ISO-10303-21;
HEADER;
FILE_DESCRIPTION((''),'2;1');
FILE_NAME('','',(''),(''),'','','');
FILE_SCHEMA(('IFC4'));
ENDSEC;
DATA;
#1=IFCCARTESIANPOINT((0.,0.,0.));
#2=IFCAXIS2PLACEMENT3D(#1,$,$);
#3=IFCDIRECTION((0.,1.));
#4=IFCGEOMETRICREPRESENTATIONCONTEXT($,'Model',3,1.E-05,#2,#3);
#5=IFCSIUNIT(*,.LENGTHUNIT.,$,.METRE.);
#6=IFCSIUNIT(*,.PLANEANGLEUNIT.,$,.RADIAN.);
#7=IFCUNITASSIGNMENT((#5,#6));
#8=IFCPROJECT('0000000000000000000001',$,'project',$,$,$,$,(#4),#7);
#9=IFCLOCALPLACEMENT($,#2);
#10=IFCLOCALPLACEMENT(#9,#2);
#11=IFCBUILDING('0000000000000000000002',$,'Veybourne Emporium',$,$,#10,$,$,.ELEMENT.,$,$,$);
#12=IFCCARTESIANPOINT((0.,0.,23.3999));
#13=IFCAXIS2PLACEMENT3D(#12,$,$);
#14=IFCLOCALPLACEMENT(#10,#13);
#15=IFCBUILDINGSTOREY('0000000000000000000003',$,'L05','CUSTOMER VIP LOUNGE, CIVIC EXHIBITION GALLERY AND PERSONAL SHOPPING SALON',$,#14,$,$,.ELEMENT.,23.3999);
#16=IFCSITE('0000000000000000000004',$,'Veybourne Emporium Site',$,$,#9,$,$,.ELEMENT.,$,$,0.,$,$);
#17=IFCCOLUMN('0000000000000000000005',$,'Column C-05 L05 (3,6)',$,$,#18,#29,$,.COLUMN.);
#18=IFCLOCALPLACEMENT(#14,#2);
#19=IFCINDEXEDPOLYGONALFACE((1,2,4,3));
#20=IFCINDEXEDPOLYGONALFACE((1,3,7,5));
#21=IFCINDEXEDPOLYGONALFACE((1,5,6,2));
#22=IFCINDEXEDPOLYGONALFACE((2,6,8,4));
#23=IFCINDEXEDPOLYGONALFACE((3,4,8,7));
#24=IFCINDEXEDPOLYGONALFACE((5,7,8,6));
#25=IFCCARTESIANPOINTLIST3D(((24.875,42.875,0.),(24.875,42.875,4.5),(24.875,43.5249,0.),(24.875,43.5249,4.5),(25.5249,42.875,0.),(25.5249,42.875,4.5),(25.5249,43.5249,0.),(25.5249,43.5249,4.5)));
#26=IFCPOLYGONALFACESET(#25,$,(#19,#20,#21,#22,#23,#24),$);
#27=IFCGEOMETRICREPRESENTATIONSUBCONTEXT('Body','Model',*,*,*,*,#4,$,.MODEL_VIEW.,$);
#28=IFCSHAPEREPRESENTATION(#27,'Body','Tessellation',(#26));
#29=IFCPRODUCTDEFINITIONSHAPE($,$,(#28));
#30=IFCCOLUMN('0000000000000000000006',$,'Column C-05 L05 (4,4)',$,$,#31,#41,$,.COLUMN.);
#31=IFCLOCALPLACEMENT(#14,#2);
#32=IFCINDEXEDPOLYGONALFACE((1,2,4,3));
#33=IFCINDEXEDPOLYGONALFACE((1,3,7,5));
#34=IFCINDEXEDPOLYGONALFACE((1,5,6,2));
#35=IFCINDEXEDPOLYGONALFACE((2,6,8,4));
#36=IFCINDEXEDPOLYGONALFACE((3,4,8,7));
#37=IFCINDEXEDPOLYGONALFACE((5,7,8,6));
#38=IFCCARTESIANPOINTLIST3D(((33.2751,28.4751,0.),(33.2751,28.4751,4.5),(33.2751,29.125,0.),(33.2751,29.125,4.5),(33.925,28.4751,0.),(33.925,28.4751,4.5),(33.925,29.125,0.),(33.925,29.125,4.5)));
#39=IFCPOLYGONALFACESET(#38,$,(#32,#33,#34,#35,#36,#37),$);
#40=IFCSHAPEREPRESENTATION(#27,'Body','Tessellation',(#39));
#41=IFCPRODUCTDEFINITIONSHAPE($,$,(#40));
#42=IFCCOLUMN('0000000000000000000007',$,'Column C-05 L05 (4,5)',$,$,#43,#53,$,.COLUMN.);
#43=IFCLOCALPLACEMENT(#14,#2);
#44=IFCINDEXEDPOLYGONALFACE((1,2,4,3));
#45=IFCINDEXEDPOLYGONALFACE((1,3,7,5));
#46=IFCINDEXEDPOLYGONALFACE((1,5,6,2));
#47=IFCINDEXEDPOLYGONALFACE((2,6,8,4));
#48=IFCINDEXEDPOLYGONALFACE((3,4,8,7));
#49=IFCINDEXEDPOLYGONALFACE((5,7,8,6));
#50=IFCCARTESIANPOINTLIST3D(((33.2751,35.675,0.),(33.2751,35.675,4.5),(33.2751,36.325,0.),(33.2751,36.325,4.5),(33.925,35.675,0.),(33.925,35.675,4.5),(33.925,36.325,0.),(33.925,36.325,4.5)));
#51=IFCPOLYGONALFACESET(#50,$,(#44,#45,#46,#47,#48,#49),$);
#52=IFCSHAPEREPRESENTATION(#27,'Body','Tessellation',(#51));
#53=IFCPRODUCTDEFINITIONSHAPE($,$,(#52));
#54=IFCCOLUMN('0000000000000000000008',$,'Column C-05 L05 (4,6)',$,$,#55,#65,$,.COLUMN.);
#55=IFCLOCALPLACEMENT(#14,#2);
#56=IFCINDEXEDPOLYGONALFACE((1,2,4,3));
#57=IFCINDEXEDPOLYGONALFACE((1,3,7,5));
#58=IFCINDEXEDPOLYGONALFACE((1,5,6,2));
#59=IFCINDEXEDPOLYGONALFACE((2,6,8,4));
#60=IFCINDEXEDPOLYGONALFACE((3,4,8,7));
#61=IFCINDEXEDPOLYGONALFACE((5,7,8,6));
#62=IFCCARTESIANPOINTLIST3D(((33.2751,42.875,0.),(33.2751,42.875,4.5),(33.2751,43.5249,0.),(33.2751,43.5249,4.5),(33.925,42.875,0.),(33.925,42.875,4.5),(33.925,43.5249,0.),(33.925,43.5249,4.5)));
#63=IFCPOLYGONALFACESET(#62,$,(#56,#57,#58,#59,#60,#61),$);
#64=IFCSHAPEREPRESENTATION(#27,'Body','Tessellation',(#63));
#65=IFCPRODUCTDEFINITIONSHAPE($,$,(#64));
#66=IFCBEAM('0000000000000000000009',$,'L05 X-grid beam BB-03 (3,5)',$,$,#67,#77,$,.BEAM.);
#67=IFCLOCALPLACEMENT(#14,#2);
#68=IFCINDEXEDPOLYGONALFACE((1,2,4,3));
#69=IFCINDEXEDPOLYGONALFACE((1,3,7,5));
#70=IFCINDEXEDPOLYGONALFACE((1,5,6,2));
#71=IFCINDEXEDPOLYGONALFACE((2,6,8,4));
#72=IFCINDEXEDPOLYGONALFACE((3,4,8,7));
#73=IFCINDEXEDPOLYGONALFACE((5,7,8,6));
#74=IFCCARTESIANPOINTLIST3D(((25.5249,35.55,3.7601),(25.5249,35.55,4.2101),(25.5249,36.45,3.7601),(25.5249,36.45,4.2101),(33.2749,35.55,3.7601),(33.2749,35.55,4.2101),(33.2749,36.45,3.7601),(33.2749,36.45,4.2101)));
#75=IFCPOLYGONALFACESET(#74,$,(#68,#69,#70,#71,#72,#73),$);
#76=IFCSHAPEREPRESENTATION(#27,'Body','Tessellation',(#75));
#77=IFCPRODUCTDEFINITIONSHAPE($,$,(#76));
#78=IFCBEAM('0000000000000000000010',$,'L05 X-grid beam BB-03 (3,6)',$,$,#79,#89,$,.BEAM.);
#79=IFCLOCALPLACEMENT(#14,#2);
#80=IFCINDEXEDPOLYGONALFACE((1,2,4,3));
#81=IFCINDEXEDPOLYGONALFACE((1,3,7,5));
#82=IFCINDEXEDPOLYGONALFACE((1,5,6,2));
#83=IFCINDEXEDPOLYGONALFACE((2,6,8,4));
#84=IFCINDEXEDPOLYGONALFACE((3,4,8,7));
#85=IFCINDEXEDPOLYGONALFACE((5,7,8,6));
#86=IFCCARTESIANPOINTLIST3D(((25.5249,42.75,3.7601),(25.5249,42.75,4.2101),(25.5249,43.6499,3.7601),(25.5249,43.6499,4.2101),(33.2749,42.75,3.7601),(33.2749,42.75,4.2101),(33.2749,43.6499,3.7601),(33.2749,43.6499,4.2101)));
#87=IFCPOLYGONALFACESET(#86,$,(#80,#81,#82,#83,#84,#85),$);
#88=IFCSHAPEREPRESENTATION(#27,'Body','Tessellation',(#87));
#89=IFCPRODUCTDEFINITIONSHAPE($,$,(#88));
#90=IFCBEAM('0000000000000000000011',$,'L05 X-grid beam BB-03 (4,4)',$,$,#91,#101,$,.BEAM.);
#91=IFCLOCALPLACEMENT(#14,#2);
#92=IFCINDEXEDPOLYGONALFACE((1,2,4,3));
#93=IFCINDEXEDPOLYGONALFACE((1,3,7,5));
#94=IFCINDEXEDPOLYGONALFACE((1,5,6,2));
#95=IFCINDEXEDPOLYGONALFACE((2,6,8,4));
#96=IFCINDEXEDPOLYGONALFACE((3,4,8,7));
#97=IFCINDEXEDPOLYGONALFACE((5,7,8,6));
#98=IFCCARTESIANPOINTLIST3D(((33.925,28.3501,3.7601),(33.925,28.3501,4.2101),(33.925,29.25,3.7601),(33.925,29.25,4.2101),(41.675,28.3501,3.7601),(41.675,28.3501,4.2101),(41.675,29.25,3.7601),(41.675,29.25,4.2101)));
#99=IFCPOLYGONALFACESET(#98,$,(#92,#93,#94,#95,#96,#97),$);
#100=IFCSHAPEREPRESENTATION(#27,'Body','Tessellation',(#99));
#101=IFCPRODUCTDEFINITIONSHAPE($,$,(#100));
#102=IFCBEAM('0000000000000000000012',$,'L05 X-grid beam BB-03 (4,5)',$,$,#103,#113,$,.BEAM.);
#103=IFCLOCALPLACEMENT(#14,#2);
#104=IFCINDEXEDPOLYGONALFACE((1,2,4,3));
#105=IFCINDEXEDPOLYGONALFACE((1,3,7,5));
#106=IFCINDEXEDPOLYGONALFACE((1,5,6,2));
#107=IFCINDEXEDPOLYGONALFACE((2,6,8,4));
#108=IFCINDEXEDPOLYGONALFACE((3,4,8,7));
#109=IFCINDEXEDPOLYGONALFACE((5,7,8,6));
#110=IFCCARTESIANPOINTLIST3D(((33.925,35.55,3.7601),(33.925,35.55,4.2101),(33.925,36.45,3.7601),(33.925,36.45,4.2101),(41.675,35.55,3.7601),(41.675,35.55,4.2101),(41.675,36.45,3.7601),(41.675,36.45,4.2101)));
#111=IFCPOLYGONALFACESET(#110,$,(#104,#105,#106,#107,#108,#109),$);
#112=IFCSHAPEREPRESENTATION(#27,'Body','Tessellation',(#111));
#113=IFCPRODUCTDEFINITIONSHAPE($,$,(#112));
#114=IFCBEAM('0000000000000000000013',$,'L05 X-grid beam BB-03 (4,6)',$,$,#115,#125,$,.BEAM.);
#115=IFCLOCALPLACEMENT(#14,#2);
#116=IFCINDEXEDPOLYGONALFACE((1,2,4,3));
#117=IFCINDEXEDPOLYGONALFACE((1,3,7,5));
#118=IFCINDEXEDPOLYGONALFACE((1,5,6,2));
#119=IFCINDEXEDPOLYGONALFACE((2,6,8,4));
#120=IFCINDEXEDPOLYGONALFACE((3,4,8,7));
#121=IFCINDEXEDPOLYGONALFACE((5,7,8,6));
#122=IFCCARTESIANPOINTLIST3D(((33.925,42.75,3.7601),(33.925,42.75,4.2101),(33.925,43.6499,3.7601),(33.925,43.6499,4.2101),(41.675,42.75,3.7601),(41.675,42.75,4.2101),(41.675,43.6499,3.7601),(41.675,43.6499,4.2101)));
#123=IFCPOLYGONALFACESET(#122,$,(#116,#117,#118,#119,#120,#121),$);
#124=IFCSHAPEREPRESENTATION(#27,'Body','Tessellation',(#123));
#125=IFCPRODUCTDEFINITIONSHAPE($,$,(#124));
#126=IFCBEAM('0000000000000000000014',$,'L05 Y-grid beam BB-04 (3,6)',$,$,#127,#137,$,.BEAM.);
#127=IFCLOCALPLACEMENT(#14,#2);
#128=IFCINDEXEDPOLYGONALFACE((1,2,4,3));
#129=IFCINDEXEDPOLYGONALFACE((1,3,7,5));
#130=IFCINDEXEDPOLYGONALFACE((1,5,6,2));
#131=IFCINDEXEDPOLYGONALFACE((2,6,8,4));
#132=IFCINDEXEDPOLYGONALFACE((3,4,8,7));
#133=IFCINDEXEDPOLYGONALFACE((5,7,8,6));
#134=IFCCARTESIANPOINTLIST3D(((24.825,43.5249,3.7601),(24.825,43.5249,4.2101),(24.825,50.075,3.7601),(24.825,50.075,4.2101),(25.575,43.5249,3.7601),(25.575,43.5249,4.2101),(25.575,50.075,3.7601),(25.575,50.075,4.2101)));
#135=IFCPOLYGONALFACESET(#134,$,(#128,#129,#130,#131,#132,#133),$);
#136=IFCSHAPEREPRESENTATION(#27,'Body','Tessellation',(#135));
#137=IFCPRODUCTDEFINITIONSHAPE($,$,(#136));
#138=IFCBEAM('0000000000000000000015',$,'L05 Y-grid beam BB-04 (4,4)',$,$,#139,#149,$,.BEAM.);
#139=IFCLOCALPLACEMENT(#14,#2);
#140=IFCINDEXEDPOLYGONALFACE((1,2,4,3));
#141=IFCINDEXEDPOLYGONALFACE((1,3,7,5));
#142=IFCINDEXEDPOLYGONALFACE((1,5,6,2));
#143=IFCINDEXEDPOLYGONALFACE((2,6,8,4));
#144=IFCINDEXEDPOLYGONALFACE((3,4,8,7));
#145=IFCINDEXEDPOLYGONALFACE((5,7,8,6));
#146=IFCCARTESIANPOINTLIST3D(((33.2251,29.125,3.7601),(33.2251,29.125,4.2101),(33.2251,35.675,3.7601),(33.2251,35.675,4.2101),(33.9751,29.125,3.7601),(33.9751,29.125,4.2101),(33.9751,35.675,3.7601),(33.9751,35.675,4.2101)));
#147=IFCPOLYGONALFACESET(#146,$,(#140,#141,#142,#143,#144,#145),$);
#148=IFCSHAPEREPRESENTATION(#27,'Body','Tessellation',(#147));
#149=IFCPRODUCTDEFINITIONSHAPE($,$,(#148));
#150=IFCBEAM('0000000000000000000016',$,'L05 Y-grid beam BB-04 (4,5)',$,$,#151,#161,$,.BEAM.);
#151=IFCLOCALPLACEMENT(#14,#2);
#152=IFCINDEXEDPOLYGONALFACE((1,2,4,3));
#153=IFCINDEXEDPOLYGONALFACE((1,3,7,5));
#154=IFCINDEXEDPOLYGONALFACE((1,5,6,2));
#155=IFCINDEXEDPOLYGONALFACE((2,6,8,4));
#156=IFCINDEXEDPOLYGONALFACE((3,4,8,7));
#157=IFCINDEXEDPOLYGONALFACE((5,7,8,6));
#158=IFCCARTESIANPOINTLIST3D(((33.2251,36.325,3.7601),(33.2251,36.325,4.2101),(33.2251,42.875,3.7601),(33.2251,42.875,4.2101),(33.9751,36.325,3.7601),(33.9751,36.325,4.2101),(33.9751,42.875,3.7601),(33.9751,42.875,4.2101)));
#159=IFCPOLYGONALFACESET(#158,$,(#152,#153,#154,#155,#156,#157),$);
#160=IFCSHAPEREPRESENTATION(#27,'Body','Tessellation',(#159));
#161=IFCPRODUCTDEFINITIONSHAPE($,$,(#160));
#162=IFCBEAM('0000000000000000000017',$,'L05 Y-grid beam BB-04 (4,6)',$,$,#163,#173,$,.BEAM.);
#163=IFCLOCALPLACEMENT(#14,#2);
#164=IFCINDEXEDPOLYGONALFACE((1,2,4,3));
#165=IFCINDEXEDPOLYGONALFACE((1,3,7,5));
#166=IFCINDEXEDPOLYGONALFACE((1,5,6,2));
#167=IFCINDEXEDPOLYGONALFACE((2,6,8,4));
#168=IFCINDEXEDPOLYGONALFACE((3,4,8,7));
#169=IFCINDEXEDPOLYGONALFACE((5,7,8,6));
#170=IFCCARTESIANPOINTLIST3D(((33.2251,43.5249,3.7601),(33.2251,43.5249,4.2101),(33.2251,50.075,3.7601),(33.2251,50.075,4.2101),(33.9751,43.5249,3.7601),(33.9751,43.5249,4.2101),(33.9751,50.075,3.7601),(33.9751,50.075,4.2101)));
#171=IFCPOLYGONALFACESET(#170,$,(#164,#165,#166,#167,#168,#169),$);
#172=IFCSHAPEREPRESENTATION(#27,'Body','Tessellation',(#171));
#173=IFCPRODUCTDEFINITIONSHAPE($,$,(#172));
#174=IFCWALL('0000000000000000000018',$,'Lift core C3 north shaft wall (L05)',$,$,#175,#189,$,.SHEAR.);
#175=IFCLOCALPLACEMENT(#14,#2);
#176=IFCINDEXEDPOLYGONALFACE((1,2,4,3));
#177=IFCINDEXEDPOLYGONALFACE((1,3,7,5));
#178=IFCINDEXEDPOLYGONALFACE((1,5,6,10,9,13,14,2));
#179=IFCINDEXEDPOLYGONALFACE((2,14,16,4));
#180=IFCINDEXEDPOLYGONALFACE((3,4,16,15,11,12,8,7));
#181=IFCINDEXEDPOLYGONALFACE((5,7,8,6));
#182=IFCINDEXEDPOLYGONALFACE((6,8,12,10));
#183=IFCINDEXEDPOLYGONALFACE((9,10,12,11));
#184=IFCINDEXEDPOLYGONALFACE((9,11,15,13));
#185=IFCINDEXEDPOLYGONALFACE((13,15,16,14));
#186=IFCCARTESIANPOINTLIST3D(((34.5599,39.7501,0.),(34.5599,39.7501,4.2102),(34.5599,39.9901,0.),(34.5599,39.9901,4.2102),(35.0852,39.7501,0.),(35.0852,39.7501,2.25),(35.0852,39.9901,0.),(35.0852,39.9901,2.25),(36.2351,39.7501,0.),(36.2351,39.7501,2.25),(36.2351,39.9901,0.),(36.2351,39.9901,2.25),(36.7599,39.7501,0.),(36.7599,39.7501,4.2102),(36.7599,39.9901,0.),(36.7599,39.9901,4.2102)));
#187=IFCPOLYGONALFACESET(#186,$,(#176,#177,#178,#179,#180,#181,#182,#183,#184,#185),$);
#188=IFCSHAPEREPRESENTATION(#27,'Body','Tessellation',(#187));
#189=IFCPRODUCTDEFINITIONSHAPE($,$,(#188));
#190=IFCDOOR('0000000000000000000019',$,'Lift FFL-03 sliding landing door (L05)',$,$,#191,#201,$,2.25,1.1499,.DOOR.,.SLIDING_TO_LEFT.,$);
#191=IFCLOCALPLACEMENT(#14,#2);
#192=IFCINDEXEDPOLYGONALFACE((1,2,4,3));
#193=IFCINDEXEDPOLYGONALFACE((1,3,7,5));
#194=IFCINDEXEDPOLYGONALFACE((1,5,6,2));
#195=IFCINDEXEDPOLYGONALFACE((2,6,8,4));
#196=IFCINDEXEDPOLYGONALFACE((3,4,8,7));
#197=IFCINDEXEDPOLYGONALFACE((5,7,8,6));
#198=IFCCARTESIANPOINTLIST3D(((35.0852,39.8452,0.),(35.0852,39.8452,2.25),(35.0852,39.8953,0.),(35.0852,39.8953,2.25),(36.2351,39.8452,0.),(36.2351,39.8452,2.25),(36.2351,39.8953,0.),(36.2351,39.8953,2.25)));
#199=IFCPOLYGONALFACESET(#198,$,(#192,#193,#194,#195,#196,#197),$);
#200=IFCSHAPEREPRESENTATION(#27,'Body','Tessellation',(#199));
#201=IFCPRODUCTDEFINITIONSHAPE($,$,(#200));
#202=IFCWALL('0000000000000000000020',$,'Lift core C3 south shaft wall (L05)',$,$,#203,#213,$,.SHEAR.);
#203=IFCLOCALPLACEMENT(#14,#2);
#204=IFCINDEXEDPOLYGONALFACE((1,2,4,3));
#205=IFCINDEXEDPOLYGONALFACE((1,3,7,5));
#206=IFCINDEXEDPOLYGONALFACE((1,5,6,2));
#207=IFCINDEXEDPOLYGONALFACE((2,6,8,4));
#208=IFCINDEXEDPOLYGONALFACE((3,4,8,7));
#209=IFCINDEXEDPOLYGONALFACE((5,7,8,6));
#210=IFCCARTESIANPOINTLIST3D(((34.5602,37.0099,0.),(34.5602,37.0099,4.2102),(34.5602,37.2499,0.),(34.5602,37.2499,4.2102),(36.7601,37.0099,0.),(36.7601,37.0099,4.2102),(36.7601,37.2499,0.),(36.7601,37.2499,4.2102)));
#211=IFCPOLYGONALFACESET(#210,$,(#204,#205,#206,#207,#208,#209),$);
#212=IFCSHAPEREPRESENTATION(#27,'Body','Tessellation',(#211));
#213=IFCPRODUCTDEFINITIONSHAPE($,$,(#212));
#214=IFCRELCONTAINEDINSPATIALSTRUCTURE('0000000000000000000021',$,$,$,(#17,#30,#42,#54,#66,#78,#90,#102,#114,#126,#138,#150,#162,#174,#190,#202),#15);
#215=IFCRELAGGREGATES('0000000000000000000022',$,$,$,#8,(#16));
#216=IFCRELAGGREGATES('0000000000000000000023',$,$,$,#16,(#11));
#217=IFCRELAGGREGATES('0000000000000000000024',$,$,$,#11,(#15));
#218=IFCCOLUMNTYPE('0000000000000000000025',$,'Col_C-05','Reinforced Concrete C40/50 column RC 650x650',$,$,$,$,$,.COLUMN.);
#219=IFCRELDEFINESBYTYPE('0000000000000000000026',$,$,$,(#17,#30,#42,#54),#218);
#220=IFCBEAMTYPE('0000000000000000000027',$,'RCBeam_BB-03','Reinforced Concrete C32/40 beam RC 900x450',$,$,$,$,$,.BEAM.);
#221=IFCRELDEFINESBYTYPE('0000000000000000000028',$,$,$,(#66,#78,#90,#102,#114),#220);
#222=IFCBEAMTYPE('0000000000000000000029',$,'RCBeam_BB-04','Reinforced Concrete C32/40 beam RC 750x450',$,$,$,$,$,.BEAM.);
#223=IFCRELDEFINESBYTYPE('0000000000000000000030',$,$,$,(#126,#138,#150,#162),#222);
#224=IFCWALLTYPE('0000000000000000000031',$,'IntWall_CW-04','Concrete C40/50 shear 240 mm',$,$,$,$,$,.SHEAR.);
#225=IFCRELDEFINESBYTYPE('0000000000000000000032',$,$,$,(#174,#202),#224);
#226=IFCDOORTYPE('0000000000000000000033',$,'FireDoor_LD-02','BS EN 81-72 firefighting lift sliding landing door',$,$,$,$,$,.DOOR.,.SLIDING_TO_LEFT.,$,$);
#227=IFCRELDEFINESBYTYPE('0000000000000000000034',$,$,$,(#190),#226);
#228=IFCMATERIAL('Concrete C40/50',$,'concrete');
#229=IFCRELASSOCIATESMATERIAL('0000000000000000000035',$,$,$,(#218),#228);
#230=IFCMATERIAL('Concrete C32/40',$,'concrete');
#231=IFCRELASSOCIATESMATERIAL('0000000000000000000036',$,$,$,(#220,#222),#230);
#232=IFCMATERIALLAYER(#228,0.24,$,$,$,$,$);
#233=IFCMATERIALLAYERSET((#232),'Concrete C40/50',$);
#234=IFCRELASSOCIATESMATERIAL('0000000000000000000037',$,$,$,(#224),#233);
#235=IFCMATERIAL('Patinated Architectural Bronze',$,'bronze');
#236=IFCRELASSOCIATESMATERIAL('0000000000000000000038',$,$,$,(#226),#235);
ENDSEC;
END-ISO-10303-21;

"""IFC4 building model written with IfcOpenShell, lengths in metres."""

from ifc_helpers import new_model, si_unit, direction, frame, frame_2d, origin, origin_2d, place, context, subcontext, project, spatial, rectangle, extrude, material, layer, layer_set, material_profile, profile_set, type_object, element, fill, save


model = new_model("IFC4")

# Units and contexts
model_context = context("Model", 3, precision=1e-05, world=origin(), true_north=direction((0.0, 1.0)))
body_context = subcontext(model_context, "Body", "Model", "MODEL_VIEW")
ifc_project = project(units=[si_unit("LENGTHUNIT", "METRE"), si_unit("PLANEANGLEUNIT", "RADIAN")], contexts=[model_context])

# Site, building, storey
site_placement = place(None, origin())
site = spatial("IfcSite", under=ifc_project, at=site_placement, Name="Veybourne Emporium Site", CompositionType="ELEMENT", RefElevation=0.0)
building_placement = place(site_placement, origin())
building = spatial("IfcBuilding", under=site, at=building_placement, Name="Veybourne Emporium", CompositionType="ELEMENT")
storey_placement = place(building_placement, frame((0.0, 0.0, 23.3999)))
storey = spatial("IfcBuildingStorey", under=building, at=storey_placement, Name="L05", Description="CUSTOMER VIP LOUNGE, CIVIC EXHIBITION GALLERY AND PERSONAL SHOPPING SALON", CompositionType="ELEMENT", Elevation=23.3999)

# Columns
ifc_material_1 = material(Name="Concrete C40/50", Category="concrete")
ifc_material_profile_1 = material_profile(ifc_material_1, rectangle(XDim=0.6499, YDim=0.6499, at=origin_2d()), Name="RC 650x650")
ifc_profile_set_1 = profile_set([ifc_material_profile_1], Name="Concrete C40/50")
column_type = type_object("IfcColumnType", Name="Col_C-05", Description="Reinforced Concrete C40/50 column RC 650x650", PredefinedType="COLUMN", material=ifc_profile_set_1)
for number, where, z_axis, x_axis, name in (
    (1, (25.2, 43.2, 0.0), (0.0, 0.0, 1.0), (1.0, 0.0, 0.0), "Column C-05 L05 (3,6)"),
    (2, (33.6001, 28.8, 0.0), (0.0, 0.0, 1.0), (1.0, 0.0, 0.0), "Column C-05 L05 (4,4)"),
    (3, (33.6001, 36.0, 0.0), (0.0, 0.0, 1.0), (1.0, 0.0, 0.0), "Column C-05 L05 (4,5)"),
    (4, (33.6001, 43.2, 0.0), (0.0, 0.0, 1.0), (1.0, 0.0, 0.0), "Column C-05 L05 (4,6)"),
):
    element("IfcColumn", number, at=place(storey_placement, frame(where, z_axis=z_axis, x_axis=x_axis)), inside=storey, type_object=column_type, Name=name, PredefinedType="COLUMN", context=body_context, shape_type="SweptSolid", body=[
        extrude(rectangle(XDim=0.6499, YDim=0.6499, at=origin_2d()), origin(), (0.0, 0.0, 1.0), 4.5),
    ])

# Beams
ifc_material_2 = material(Name="Concrete C32/40", Category="concrete")
ifc_material_profile_2 = material_profile(ifc_material_2, rectangle(XDim=0.8999, YDim=0.45, at=origin_2d()), Name="RC 900x450")
ifc_profile_set_2 = profile_set([ifc_material_profile_2], Name="Concrete C32/40")
beam_type_1 = type_object("IfcBeamType", Name="RCBeam_BB-03", Description="Reinforced Concrete C32/40 beam RC 900x450", PredefinedType="BEAM", material=ifc_profile_set_2)
for number, where, z_axis, x_axis, name in (
    (5, (25.5249, 36.0, 3.9851), (1.0, 0.0, 0.0), (0.0, 1.0, 0.0), "L05 X-grid beam BB-03 (3,5)"),
    (6, (25.5249, 43.2, 3.9851), (1.0, 0.0, 0.0), (0.0, 1.0, 0.0), "L05 X-grid beam BB-03 (3,6)"),
    (7, (33.925, 28.8, 3.9851), (1.0, 0.0, 0.0), (0.0, 1.0, 0.0), "L05 X-grid beam BB-03 (4,4)"),
    (8, (33.925, 36.0, 3.9851), (1.0, 0.0, 0.0), (0.0, 1.0, 0.0), "L05 X-grid beam BB-03 (4,5)"),
    (9, (33.925, 43.2, 3.9851), (1.0, 0.0, 0.0), (0.0, 1.0, 0.0), "L05 X-grid beam BB-03 (4,6)"),
):
    element("IfcBeam", number, at=place(storey_placement, frame(where, z_axis=z_axis, x_axis=x_axis)), inside=storey, type_object=beam_type_1, Name=name, PredefinedType="BEAM", context=body_context, shape_type="SweptSolid", body=[
        extrude(rectangle(XDim=0.8999, YDim=0.45, at=origin_2d()), origin(), (0.0, 0.0, 1.0), 7.75),
    ])
ifc_material_profile_3 = material_profile(ifc_material_2, rectangle(XDim=0.75, YDim=0.45, at=origin_2d()), Name="RC 750x450")
ifc_profile_set_3 = profile_set([ifc_material_profile_3], Name="Concrete C32/40")
beam_type_2 = type_object("IfcBeamType", Name="RCBeam_BB-04", Description="Reinforced Concrete C32/40 beam RC 750x450", PredefinedType="BEAM", material=ifc_profile_set_3)
for number, where, z_axis, x_axis, name in (
    (10, (25.2, 43.5249, 3.9851), (0.0, 1.0, 0.0), (-1.0, 0.0, 0.0), "L05 Y-grid beam BB-04 (3,6)"),
    (11, (33.6001, 29.125, 3.9851), (0.0, 1.0, 0.0), (-1.0, 0.0, 0.0), "L05 Y-grid beam BB-04 (4,4)"),
    (12, (33.6001, 36.325, 3.9851), (0.0, 1.0, 0.0), (-1.0, 0.0, 0.0), "L05 Y-grid beam BB-04 (4,5)"),
    (13, (33.6001, 43.5249, 3.9851), (0.0, 1.0, 0.0), (-1.0, 0.0, 0.0), "L05 Y-grid beam BB-04 (4,6)"),
):
    element("IfcBeam", number, at=place(storey_placement, frame(where, z_axis=z_axis, x_axis=x_axis)), inside=storey, type_object=beam_type_2, Name=name, PredefinedType="BEAM", context=body_context, shape_type="SweptSolid", body=[
        extrude(rectangle(XDim=0.75, YDim=0.45, at=origin_2d()), origin(), (0.0, 0.0, 1.0), 6.55),
    ])

# Wall, opening, door
ifc_layer_1 = layer(ifc_material_1, 0.24)
ifc_layer_set_1 = layer_set([ifc_layer_1], Name="Concrete C40/50")
wall_type_1 = type_object("IfcWallType", Name="IntWall_CW-04", Description="Concrete C40/50 shear 240 mm", PredefinedType="SHEAR", material=ifc_layer_set_1)
wall_1_placement = place(storey_placement, frame((36.76, 39.8701, 0.0), z_axis=(0.0, 0.0, 1.0), x_axis=(-1.0, 0.0, 0.0)))
wall_1 = element("IfcWall", 14, at=wall_1_placement, inside=storey, type_object=wall_type_1, Name="Lift core C3 north shaft wall (L05)", PredefinedType="SHEAR", context=body_context, shape_type="SweptSolid", body=[
    extrude(rectangle(XDim=2.2, YDim=0.24, at=frame_2d((1.1001, 0.0))), origin(), (0.0, 0.0, 1.0), 4.2102),
])
opening_1_placement = place(wall_1_placement, frame((0.5249, 0.0, 0.0)))
opening_1 = element("IfcOpeningElement", 15, at=opening_1_placement, cuts=wall_1, PredefinedType="OPENING", context=body_context, shape_type="SweptSolid", body=[
    extrude(rectangle(XDim=1.1499, YDim=2.25, at=frame_2d((0.575, 1.125))), frame((0.0, 0.1401, 0.0), z_axis=(0.0, -1.0, 0.0), x_axis=(1.0, 0.0, 0.0)), (0.0, 0.0, 1.0), 0.28),
])
ifc_material_3 = material(Name="Patinated Architectural Bronze", Category="bronze")
door_type_1 = type_object("IfcDoorType", Name="FireDoor_LD-02", Description="BS EN 81-72 firefighting lift sliding landing door", OperationType="SLIDING_TO_LEFT", PredefinedType="DOOR", material=ifc_material_3)
door_1_placement = place(opening_1_placement, origin())
door_1 = element("IfcDoor", 16, at=door_1_placement, inside=storey, type_object=door_type_1, Name="Lift FFL-03 sliding landing door (L05)", OperationType="SLIDING_TO_LEFT", OverallHeight=2.25, OverallWidth=1.1499, PredefinedType="DOOR", context=body_context, shape_type="SweptSolid", body=[
    extrude(rectangle(XDim=1.1499, YDim=2.25, at=frame_2d((0.575, 1.125))), frame((0.0, 0.0249, 0.0), z_axis=(0.0, -1.0, 0.0), x_axis=(1.0, 0.0, 0.0)), (0.0, 0.0, 1.0), 0.05),
])
fill(opening_1, door_1)

# Wall
wall_2_placement = place(storey_placement, frame((34.5601, 37.1299, 0.0), z_axis=(0.0, 0.0, 1.0), x_axis=(1.0, 0.0, 0.0)))
element("IfcWall", 17, at=wall_2_placement, inside=storey, type_object=wall_type_1, Name="Lift core C3 south shaft wall (L05)", PredefinedType="SHEAR", context=body_context, shape_type="SweptSolid", body=[
    extrude(rectangle(XDim=2.2, YDim=0.24, at=frame_2d((1.1001, 0.0))), origin(), (0.0, 0.0, 1.0), 4.2102),
])

save(model, "model.ifc")
